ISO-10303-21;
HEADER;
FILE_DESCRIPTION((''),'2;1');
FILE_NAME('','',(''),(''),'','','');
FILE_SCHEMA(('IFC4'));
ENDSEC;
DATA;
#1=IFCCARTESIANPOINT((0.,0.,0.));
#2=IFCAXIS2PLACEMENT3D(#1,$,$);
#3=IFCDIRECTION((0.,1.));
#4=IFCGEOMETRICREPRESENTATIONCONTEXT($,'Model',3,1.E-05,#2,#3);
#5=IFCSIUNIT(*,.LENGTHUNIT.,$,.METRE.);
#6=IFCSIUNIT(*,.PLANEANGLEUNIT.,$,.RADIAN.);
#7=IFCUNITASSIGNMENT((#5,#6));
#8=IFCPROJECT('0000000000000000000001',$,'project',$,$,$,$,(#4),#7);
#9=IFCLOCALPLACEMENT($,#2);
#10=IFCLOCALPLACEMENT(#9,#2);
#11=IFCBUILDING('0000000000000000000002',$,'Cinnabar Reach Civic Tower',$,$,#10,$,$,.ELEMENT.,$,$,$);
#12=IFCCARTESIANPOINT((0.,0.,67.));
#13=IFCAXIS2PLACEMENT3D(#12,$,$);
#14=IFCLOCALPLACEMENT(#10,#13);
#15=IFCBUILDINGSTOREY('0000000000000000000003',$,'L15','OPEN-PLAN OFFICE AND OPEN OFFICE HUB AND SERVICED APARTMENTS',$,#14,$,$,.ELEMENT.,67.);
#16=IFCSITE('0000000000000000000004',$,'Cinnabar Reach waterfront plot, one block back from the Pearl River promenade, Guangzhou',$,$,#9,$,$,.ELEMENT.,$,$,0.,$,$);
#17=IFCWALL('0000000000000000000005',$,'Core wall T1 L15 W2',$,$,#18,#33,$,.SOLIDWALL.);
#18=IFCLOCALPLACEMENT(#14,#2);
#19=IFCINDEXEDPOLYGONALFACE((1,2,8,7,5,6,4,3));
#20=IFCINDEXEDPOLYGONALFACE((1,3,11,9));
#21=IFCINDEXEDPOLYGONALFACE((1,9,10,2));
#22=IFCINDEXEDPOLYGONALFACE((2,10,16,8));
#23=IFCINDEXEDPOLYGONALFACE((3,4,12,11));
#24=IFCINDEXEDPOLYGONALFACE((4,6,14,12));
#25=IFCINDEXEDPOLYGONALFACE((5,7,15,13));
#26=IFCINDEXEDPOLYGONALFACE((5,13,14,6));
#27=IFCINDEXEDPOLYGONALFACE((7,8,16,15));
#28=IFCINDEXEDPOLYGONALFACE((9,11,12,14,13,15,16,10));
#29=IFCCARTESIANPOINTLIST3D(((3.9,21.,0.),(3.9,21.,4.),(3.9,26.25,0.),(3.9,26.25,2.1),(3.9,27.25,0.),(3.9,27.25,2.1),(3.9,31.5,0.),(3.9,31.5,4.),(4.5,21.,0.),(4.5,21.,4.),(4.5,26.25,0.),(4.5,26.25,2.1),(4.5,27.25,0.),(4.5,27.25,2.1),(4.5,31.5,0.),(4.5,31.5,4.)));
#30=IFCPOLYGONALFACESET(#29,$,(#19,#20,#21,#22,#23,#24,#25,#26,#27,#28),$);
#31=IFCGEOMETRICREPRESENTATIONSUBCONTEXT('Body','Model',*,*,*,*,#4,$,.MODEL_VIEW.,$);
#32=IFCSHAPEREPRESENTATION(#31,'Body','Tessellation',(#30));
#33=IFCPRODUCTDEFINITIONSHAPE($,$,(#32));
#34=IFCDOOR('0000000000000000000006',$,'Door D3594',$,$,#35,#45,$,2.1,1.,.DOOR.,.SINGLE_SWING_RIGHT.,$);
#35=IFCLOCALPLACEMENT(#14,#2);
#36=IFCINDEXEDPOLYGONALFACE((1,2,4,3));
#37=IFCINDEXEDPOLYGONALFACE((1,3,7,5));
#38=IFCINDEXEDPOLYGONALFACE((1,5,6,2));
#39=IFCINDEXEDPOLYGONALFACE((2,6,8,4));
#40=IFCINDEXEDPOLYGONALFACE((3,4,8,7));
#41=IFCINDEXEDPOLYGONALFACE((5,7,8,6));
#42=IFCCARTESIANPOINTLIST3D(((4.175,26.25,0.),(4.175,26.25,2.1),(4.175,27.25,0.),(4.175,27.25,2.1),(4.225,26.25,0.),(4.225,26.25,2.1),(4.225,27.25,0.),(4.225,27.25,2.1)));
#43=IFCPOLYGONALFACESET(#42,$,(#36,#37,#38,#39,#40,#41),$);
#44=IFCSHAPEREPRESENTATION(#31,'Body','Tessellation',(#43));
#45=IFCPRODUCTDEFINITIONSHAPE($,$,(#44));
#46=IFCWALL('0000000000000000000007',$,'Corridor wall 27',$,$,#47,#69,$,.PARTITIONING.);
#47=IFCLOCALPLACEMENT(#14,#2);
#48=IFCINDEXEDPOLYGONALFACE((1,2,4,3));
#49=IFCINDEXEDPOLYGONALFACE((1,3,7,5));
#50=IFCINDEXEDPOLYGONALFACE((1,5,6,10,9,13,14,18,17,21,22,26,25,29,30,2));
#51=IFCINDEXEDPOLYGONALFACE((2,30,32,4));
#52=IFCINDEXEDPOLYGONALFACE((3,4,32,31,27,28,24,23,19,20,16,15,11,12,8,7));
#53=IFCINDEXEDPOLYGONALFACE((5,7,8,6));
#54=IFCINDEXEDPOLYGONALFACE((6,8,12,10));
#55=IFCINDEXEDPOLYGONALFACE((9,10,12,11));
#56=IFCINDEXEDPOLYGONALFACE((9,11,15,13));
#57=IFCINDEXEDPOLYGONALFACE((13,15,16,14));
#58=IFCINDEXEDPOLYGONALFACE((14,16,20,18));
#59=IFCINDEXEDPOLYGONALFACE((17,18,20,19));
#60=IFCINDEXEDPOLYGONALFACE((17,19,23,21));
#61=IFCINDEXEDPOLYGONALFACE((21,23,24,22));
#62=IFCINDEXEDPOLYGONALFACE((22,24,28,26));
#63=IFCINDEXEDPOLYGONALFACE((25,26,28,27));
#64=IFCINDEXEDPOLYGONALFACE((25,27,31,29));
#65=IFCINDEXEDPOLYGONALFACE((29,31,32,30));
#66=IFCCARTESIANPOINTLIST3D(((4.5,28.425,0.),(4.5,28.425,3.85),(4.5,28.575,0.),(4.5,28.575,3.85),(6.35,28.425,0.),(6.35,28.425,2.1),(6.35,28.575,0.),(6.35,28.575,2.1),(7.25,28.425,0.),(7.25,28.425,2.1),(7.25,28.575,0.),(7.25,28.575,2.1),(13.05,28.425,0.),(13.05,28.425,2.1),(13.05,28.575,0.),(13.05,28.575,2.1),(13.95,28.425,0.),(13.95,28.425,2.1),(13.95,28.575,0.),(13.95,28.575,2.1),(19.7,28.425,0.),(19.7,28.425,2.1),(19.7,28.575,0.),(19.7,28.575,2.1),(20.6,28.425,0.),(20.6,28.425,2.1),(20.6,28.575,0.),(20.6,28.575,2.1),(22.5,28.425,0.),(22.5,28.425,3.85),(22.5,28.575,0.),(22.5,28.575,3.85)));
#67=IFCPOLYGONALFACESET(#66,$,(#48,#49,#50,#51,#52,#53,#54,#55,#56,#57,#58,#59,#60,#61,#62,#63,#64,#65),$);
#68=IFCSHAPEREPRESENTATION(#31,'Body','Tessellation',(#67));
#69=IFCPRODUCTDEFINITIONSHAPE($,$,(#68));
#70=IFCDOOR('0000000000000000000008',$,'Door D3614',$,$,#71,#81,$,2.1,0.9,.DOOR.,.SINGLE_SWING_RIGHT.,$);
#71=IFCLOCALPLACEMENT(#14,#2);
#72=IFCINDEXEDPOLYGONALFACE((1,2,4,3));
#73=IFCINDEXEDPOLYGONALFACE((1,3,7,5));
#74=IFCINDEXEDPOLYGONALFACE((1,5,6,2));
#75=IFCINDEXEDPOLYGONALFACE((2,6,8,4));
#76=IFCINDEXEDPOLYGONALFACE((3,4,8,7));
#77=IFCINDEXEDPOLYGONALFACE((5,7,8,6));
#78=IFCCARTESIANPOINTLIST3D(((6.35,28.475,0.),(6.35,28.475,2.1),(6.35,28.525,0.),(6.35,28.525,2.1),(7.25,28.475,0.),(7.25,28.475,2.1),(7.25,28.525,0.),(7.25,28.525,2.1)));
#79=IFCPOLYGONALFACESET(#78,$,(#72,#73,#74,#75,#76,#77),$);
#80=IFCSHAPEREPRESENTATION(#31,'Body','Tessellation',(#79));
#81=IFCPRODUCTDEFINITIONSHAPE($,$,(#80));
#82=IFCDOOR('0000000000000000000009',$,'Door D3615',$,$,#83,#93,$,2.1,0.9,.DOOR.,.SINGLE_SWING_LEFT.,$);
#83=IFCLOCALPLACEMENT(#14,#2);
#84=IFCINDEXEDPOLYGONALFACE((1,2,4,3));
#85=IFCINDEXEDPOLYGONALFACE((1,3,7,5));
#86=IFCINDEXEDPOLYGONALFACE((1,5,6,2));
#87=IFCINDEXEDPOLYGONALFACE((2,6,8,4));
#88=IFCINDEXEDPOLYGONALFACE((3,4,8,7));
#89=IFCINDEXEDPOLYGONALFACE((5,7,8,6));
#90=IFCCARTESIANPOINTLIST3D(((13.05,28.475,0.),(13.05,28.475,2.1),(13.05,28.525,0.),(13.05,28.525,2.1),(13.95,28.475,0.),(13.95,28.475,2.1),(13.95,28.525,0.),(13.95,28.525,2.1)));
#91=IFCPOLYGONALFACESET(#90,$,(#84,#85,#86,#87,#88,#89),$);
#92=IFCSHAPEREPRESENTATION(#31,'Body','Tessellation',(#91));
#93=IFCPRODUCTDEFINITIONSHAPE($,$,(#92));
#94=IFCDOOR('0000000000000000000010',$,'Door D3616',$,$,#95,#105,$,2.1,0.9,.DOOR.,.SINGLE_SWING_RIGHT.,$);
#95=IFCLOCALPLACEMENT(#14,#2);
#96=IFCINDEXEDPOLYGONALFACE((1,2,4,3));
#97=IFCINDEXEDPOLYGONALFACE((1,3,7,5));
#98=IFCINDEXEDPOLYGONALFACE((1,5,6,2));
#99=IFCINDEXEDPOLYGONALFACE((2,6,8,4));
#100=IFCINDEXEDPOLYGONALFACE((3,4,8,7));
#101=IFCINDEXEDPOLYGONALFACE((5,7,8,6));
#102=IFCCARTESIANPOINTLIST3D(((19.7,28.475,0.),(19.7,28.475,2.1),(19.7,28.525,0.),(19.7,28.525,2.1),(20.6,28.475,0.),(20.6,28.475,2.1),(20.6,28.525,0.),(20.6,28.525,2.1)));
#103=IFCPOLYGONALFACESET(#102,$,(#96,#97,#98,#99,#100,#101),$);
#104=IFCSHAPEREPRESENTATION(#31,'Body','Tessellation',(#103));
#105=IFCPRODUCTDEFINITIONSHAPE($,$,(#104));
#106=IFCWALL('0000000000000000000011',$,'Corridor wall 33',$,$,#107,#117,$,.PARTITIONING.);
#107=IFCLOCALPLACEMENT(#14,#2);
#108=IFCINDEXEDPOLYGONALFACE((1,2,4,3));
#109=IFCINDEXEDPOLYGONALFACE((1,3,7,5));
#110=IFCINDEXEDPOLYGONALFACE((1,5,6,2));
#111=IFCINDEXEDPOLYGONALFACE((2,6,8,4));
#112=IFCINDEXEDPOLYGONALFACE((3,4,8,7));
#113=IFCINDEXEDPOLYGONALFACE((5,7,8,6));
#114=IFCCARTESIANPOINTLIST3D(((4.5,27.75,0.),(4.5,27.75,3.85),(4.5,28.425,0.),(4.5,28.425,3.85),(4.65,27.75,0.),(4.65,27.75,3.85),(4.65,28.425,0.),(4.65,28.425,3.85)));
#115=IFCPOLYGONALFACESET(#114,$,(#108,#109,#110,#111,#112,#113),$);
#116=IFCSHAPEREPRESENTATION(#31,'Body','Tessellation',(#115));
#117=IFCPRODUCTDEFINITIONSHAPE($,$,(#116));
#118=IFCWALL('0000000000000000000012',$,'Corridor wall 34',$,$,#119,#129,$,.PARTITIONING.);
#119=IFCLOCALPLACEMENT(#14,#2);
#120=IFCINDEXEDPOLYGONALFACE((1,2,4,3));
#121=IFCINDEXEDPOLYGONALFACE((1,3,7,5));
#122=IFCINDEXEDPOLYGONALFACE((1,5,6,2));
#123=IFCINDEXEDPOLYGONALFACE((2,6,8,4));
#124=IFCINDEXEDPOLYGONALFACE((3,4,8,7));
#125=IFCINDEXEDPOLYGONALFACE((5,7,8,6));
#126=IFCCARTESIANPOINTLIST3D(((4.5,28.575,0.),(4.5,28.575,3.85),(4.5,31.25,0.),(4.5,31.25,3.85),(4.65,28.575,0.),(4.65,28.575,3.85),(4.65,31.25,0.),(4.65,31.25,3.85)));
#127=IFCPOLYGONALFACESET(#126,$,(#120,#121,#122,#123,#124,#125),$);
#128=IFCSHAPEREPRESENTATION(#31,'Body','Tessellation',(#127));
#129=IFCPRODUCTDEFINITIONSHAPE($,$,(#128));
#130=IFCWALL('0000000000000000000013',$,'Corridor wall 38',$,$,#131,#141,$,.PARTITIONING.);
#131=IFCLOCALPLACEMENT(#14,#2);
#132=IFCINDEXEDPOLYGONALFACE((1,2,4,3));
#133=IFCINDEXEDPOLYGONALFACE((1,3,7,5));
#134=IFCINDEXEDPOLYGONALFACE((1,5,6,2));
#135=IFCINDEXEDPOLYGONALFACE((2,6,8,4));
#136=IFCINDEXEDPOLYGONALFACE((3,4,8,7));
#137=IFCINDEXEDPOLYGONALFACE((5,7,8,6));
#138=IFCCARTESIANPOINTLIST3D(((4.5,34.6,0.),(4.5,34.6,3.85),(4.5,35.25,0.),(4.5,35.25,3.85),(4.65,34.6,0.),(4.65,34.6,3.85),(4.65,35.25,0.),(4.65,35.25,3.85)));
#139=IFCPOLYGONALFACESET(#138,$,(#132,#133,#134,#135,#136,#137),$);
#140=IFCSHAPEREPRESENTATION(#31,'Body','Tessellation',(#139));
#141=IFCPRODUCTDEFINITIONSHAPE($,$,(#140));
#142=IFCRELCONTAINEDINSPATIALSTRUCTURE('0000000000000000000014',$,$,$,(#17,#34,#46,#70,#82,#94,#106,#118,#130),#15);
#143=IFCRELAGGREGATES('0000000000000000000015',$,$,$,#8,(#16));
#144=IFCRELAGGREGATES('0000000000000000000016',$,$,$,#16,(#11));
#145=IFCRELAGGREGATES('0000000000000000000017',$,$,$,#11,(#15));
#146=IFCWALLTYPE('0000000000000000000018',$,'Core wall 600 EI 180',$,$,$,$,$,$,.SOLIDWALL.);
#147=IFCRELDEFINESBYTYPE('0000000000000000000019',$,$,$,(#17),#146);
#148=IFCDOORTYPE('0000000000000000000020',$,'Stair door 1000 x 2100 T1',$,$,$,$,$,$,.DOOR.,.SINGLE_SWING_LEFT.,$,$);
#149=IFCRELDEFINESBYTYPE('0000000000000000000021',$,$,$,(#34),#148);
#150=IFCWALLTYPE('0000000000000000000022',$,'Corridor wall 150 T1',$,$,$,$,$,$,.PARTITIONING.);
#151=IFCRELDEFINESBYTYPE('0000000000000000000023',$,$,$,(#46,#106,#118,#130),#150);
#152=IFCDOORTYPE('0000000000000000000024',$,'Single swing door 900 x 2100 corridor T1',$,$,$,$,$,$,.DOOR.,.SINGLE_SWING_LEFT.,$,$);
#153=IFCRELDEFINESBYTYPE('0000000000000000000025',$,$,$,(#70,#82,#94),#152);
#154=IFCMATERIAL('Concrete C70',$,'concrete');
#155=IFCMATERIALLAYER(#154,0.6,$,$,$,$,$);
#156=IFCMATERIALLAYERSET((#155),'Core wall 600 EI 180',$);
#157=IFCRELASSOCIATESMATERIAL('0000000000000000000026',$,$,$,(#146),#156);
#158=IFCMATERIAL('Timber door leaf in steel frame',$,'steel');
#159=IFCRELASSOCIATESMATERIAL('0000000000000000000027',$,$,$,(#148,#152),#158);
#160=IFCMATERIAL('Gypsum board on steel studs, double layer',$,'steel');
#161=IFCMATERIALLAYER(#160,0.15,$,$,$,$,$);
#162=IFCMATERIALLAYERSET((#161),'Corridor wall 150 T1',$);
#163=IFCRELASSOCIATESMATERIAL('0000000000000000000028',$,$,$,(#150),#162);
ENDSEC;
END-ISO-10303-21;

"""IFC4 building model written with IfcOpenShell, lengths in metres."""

from ifc_helpers import new_model, si_unit, direction, frame, frame_2d, origin, place, context, subcontext, project, spatial, rectangle, extrude, material, layer, layer_set, type_object, element, fill, save


model = new_model("IFC4")

# Units and contexts
model_context = context("Model", 3, precision=1e-05, world=origin(), true_north=direction((0.0, 1.0)))
body_context = subcontext(model_context, "Body", "Model", "MODEL_VIEW")
ifc_project = project(units=[si_unit("LENGTHUNIT", "METRE"), si_unit("PLANEANGLEUNIT", "RADIAN")], contexts=[model_context])

# Site, building, storey
site_placement = place(None, origin())
site = spatial("IfcSite", under=ifc_project, at=site_placement, Name="Cinnabar Reach waterfront plot, one block back from the Pearl River promenade, Guangzhou", CompositionType="ELEMENT", RefElevation=0.0)
building_placement = place(site_placement, origin())
building = spatial("IfcBuilding", under=site, at=building_placement, Name="Cinnabar Reach Civic Tower", CompositionType="ELEMENT")
storey_placement = place(building_placement, frame((0.0, 0.0, 67.0)))
storey = spatial("IfcBuildingStorey", under=building, at=storey_placement, Name="L15", Description="OPEN-PLAN OFFICE AND OPEN OFFICE HUB AND SERVICED APARTMENTS", CompositionType="ELEMENT", Elevation=67.0)

# Shared definitions
ifc_material_1 = material(Name="Concrete C70", Category="concrete")

# Wall, opening, door
ifc_layer_1 = layer(ifc_material_1, 0.6)
ifc_layer_set_1 = layer_set([ifc_layer_1], Name="Core wall 600 EI 180")
wall_type_1 = type_object("IfcWallType", Name="Core wall 600 EI 180", PredefinedType="SOLIDWALL", material=ifc_layer_set_1)
wall_1_placement = place(storey_placement, frame((4.2, 31.5, 0.0), z_axis=(0.0, 0.0, 1.0), x_axis=(0.0, -1.0, 0.0)))
wall_1 = element("IfcWall", 1, at=wall_1_placement, inside=storey, type_object=wall_type_1, Name="Core wall T1 L15 W2", PredefinedType="SOLIDWALL", context=body_context, shape_type="SweptSolid", body=[
    extrude(rectangle(XDim=10.5, YDim=0.6, at=frame_2d((5.25, 0.0))), origin(), (0.0, 0.0, 1.0), 4.0),
])
opening_1_placement = place(wall_1_placement, frame((4.25, 0.0, 0.0)))
opening_1 = element("IfcOpeningElement", 2, at=opening_1_placement, cuts=wall_1, PredefinedType="OPENING", context=body_context, shape_type="SweptSolid", body=[
    extrude(rectangle(XDim=1.0, YDim=2.1, at=frame_2d((0.5, 1.05))), frame((0.0, 0.31, 0.0), z_axis=(0.0, -1.0, 0.0), x_axis=(1.0, 0.0, 0.0)), (0.0, 0.0, 1.0), 0.62),
])
ifc_material_2 = material(Name="Timber door leaf in steel frame", Category="steel")
door_type_1 = type_object("IfcDoorType", Name="Stair door 1000 x 2100 T1", OperationType="SINGLE_SWING_LEFT", PredefinedType="DOOR", material=ifc_material_2)
door_1_placement = place(opening_1_placement, frame((1.0, 0.0, 0.0), z_axis=(0.0, 0.0, 1.0), x_axis=(-1.0, 0.0, 0.0)))
door_1 = element("IfcDoor", 3, at=door_1_placement, inside=storey, type_object=door_type_1, Name="Door D3594", OperationType="SINGLE_SWING_RIGHT", OverallHeight=2.1, OverallWidth=1.0, PredefinedType="DOOR", context=body_context, shape_type="SweptSolid", body=[
    extrude(rectangle(XDim=1.0, YDim=2.1, at=frame_2d((0.5, 1.05))), frame((0.0, 0.025, 0.0), z_axis=(0.0, -1.0, 0.0), x_axis=(1.0, 0.0, 0.0)), (0.0, 0.0, 1.0), 0.05),
])
fill(opening_1, door_1)

# Wall, openings, doors
ifc_material_3 = material(Name="Gypsum board on steel studs, double layer", Category="steel")
ifc_layer_2 = layer(ifc_material_3, 0.15)
ifc_layer_set_2 = layer_set([ifc_layer_2], Name="Corridor wall 150 T1")
wall_type_2 = type_object("IfcWallType", Name="Corridor wall 150 T1", PredefinedType="PARTITIONING", material=ifc_layer_set_2)
wall_2_placement = place(storey_placement, frame((4.5, 28.5, 0.0), z_axis=(0.0, 0.0, 1.0), x_axis=(1.0, 0.0, 0.0)))
wall_2 = element("IfcWall", 4, at=wall_2_placement, inside=storey, type_object=wall_type_2, Name="Corridor wall 27", PredefinedType="PARTITIONING", context=body_context, shape_type="SweptSolid", body=[
    extrude(rectangle(XDim=18.0, YDim=0.15, at=frame_2d((9.0, 0.0))), origin(), (0.0, 0.0, 1.0), 3.85),
])
opening_2_placement = place(wall_2_placement, frame((1.85, 0.0, 0.0)))
opening_2 = element("IfcOpeningElement", 5, at=opening_2_placement, cuts=wall_2, PredefinedType="OPENING", context=body_context, shape_type="SweptSolid", body=[
    extrude(rectangle(XDim=0.9, YDim=2.1, at=frame_2d((0.45, 1.05))), frame((0.0, 0.085, 0.0), z_axis=(0.0, -1.0, 0.0), x_axis=(1.0, 0.0, 0.0)), (0.0, 0.0, 1.0), 0.17),
])
opening_3_placement = place(wall_2_placement, frame((8.55, 0.0, 0.0)))
opening_3 = element("IfcOpeningElement", 6, at=opening_3_placement, cuts=wall_2, PredefinedType="OPENING", context=body_context, shape_type="SweptSolid", body=[
    extrude(rectangle(XDim=0.9, YDim=2.1, at=frame_2d((0.45, 1.05))), frame((0.0, 0.085, 0.0), z_axis=(0.0, -1.0, 0.0), x_axis=(1.0, 0.0, 0.0)), (0.0, 0.0, 1.0), 0.17),
])
opening_4_placement = place(wall_2_placement, frame((15.2, 0.0, 0.0)))
opening_4 = element("IfcOpeningElement", 7, at=opening_4_placement, cuts=wall_2, PredefinedType="OPENING", context=body_context, shape_type="SweptSolid", body=[
    extrude(rectangle(XDim=0.9, YDim=2.1, at=frame_2d((0.45, 1.05))), frame((0.0, 0.085, 0.0), z_axis=(0.0, -1.0, 0.0), x_axis=(1.0, 0.0, 0.0)), (0.0, 0.0, 1.0), 0.17),
])
door_type_2 = type_object("IfcDoorType", Name="Single swing door 900 x 2100 corridor T1", OperationType="SINGLE_SWING_LEFT", PredefinedType="DOOR", material=ifc_material_2)
door_2_placement = place(opening_2_placement, origin())
door_2 = element("IfcDoor", 8, at=door_2_placement, inside=storey, type_object=door_type_2, Name="Door D3614", OperationType="SINGLE_SWING_RIGHT", OverallHeight=2.1, OverallWidth=0.9, PredefinedType="DOOR", context=body_context, shape_type="SweptSolid", body=[
    extrude(rectangle(XDim=0.9, YDim=2.1, at=frame_2d((0.45, 1.05))), frame((0.0, 0.025, 0.0), z_axis=(0.0, -1.0, 0.0), x_axis=(1.0, 0.0, 0.0)), (0.0, 0.0, 1.0), 0.05),
])
fill(opening_2, door_2)
door_3_placement = place(opening_3_placement, origin())
door_3 = element("IfcDoor", 9, at=door_3_placement, inside=storey, type_object=door_type_2, Name="Door D3615", OperationType="SINGLE_SWING_LEFT", OverallHeight=2.1, OverallWidth=0.9, PredefinedType="DOOR", context=body_context, shape_type="SweptSolid", body=[
    extrude(rectangle(XDim=0.9, YDim=2.1, at=frame_2d((0.45, 1.05))), frame((0.0, 0.025, 0.0), z_axis=(0.0, -1.0, 0.0), x_axis=(1.0, 0.0, 0.0)), (0.0, 0.0, 1.0), 0.05),
])
fill(opening_3, door_3)
door_4_placement = place(opening_4_placement, origin())
door_4 = element("IfcDoor", 10, at=door_4_placement, inside=storey, type_object=door_type_2, Name="Door D3616", OperationType="SINGLE_SWING_RIGHT", OverallHeight=2.1, OverallWidth=0.9, PredefinedType="DOOR", context=body_context, shape_type="SweptSolid", body=[
    extrude(rectangle(XDim=0.9, YDim=2.1, at=frame_2d((0.45, 1.05))), frame((0.0, 0.025, 0.0), z_axis=(0.0, -1.0, 0.0), x_axis=(1.0, 0.0, 0.0)), (0.0, 0.0, 1.0), 0.05),
])
fill(opening_4, door_4)

# Walls
wall_3_placement = place(storey_placement, frame((4.575, 27.75, 0.0), z_axis=(0.0, 0.0, 1.0), x_axis=(0.0, 1.0, 0.0)))
element("IfcWall", 11, at=wall_3_placement, inside=storey, type_object=wall_type_2, Name="Corridor wall 33", PredefinedType="PARTITIONING", context=body_context, shape_type="SweptSolid", body=[
    extrude(rectangle(XDim=0.675, YDim=0.15, at=frame_2d((0.3375, 0.0))), origin(), (0.0, 0.0, 1.0), 3.85),
])
wall_4_placement = place(storey_placement, frame((4.575, 28.575, 0.0), z_axis=(0.0, 0.0, 1.0), x_axis=(0.0, 1.0, 0.0)))
element("IfcWall", 12, at=wall_4_placement, inside=storey, type_object=wall_type_2, Name="Corridor wall 34", PredefinedType="PARTITIONING", context=body_context, shape_type="SweptSolid", body=[
    extrude(rectangle(XDim=2.675, YDim=0.15, at=frame_2d((1.3375, 0.0))), origin(), (0.0, 0.0, 1.0), 3.85),
])
wall_5_placement = place(storey_placement, frame((4.575, 34.6, 0.0), z_axis=(0.0, 0.0, 1.0), x_axis=(0.0, 1.0, 0.0)))
element("IfcWall", 13, at=wall_5_placement, inside=storey, type_object=wall_type_2, Name="Corridor wall 38", PredefinedType="PARTITIONING", context=body_context, shape_type="SweptSolid", body=[
    extrude(rectangle(XDim=0.65, YDim=0.15, at=frame_2d((0.325, 0.0))), origin(), (0.0, 0.0, 1.0), 3.85),
])

save(model, "model.ifc")
